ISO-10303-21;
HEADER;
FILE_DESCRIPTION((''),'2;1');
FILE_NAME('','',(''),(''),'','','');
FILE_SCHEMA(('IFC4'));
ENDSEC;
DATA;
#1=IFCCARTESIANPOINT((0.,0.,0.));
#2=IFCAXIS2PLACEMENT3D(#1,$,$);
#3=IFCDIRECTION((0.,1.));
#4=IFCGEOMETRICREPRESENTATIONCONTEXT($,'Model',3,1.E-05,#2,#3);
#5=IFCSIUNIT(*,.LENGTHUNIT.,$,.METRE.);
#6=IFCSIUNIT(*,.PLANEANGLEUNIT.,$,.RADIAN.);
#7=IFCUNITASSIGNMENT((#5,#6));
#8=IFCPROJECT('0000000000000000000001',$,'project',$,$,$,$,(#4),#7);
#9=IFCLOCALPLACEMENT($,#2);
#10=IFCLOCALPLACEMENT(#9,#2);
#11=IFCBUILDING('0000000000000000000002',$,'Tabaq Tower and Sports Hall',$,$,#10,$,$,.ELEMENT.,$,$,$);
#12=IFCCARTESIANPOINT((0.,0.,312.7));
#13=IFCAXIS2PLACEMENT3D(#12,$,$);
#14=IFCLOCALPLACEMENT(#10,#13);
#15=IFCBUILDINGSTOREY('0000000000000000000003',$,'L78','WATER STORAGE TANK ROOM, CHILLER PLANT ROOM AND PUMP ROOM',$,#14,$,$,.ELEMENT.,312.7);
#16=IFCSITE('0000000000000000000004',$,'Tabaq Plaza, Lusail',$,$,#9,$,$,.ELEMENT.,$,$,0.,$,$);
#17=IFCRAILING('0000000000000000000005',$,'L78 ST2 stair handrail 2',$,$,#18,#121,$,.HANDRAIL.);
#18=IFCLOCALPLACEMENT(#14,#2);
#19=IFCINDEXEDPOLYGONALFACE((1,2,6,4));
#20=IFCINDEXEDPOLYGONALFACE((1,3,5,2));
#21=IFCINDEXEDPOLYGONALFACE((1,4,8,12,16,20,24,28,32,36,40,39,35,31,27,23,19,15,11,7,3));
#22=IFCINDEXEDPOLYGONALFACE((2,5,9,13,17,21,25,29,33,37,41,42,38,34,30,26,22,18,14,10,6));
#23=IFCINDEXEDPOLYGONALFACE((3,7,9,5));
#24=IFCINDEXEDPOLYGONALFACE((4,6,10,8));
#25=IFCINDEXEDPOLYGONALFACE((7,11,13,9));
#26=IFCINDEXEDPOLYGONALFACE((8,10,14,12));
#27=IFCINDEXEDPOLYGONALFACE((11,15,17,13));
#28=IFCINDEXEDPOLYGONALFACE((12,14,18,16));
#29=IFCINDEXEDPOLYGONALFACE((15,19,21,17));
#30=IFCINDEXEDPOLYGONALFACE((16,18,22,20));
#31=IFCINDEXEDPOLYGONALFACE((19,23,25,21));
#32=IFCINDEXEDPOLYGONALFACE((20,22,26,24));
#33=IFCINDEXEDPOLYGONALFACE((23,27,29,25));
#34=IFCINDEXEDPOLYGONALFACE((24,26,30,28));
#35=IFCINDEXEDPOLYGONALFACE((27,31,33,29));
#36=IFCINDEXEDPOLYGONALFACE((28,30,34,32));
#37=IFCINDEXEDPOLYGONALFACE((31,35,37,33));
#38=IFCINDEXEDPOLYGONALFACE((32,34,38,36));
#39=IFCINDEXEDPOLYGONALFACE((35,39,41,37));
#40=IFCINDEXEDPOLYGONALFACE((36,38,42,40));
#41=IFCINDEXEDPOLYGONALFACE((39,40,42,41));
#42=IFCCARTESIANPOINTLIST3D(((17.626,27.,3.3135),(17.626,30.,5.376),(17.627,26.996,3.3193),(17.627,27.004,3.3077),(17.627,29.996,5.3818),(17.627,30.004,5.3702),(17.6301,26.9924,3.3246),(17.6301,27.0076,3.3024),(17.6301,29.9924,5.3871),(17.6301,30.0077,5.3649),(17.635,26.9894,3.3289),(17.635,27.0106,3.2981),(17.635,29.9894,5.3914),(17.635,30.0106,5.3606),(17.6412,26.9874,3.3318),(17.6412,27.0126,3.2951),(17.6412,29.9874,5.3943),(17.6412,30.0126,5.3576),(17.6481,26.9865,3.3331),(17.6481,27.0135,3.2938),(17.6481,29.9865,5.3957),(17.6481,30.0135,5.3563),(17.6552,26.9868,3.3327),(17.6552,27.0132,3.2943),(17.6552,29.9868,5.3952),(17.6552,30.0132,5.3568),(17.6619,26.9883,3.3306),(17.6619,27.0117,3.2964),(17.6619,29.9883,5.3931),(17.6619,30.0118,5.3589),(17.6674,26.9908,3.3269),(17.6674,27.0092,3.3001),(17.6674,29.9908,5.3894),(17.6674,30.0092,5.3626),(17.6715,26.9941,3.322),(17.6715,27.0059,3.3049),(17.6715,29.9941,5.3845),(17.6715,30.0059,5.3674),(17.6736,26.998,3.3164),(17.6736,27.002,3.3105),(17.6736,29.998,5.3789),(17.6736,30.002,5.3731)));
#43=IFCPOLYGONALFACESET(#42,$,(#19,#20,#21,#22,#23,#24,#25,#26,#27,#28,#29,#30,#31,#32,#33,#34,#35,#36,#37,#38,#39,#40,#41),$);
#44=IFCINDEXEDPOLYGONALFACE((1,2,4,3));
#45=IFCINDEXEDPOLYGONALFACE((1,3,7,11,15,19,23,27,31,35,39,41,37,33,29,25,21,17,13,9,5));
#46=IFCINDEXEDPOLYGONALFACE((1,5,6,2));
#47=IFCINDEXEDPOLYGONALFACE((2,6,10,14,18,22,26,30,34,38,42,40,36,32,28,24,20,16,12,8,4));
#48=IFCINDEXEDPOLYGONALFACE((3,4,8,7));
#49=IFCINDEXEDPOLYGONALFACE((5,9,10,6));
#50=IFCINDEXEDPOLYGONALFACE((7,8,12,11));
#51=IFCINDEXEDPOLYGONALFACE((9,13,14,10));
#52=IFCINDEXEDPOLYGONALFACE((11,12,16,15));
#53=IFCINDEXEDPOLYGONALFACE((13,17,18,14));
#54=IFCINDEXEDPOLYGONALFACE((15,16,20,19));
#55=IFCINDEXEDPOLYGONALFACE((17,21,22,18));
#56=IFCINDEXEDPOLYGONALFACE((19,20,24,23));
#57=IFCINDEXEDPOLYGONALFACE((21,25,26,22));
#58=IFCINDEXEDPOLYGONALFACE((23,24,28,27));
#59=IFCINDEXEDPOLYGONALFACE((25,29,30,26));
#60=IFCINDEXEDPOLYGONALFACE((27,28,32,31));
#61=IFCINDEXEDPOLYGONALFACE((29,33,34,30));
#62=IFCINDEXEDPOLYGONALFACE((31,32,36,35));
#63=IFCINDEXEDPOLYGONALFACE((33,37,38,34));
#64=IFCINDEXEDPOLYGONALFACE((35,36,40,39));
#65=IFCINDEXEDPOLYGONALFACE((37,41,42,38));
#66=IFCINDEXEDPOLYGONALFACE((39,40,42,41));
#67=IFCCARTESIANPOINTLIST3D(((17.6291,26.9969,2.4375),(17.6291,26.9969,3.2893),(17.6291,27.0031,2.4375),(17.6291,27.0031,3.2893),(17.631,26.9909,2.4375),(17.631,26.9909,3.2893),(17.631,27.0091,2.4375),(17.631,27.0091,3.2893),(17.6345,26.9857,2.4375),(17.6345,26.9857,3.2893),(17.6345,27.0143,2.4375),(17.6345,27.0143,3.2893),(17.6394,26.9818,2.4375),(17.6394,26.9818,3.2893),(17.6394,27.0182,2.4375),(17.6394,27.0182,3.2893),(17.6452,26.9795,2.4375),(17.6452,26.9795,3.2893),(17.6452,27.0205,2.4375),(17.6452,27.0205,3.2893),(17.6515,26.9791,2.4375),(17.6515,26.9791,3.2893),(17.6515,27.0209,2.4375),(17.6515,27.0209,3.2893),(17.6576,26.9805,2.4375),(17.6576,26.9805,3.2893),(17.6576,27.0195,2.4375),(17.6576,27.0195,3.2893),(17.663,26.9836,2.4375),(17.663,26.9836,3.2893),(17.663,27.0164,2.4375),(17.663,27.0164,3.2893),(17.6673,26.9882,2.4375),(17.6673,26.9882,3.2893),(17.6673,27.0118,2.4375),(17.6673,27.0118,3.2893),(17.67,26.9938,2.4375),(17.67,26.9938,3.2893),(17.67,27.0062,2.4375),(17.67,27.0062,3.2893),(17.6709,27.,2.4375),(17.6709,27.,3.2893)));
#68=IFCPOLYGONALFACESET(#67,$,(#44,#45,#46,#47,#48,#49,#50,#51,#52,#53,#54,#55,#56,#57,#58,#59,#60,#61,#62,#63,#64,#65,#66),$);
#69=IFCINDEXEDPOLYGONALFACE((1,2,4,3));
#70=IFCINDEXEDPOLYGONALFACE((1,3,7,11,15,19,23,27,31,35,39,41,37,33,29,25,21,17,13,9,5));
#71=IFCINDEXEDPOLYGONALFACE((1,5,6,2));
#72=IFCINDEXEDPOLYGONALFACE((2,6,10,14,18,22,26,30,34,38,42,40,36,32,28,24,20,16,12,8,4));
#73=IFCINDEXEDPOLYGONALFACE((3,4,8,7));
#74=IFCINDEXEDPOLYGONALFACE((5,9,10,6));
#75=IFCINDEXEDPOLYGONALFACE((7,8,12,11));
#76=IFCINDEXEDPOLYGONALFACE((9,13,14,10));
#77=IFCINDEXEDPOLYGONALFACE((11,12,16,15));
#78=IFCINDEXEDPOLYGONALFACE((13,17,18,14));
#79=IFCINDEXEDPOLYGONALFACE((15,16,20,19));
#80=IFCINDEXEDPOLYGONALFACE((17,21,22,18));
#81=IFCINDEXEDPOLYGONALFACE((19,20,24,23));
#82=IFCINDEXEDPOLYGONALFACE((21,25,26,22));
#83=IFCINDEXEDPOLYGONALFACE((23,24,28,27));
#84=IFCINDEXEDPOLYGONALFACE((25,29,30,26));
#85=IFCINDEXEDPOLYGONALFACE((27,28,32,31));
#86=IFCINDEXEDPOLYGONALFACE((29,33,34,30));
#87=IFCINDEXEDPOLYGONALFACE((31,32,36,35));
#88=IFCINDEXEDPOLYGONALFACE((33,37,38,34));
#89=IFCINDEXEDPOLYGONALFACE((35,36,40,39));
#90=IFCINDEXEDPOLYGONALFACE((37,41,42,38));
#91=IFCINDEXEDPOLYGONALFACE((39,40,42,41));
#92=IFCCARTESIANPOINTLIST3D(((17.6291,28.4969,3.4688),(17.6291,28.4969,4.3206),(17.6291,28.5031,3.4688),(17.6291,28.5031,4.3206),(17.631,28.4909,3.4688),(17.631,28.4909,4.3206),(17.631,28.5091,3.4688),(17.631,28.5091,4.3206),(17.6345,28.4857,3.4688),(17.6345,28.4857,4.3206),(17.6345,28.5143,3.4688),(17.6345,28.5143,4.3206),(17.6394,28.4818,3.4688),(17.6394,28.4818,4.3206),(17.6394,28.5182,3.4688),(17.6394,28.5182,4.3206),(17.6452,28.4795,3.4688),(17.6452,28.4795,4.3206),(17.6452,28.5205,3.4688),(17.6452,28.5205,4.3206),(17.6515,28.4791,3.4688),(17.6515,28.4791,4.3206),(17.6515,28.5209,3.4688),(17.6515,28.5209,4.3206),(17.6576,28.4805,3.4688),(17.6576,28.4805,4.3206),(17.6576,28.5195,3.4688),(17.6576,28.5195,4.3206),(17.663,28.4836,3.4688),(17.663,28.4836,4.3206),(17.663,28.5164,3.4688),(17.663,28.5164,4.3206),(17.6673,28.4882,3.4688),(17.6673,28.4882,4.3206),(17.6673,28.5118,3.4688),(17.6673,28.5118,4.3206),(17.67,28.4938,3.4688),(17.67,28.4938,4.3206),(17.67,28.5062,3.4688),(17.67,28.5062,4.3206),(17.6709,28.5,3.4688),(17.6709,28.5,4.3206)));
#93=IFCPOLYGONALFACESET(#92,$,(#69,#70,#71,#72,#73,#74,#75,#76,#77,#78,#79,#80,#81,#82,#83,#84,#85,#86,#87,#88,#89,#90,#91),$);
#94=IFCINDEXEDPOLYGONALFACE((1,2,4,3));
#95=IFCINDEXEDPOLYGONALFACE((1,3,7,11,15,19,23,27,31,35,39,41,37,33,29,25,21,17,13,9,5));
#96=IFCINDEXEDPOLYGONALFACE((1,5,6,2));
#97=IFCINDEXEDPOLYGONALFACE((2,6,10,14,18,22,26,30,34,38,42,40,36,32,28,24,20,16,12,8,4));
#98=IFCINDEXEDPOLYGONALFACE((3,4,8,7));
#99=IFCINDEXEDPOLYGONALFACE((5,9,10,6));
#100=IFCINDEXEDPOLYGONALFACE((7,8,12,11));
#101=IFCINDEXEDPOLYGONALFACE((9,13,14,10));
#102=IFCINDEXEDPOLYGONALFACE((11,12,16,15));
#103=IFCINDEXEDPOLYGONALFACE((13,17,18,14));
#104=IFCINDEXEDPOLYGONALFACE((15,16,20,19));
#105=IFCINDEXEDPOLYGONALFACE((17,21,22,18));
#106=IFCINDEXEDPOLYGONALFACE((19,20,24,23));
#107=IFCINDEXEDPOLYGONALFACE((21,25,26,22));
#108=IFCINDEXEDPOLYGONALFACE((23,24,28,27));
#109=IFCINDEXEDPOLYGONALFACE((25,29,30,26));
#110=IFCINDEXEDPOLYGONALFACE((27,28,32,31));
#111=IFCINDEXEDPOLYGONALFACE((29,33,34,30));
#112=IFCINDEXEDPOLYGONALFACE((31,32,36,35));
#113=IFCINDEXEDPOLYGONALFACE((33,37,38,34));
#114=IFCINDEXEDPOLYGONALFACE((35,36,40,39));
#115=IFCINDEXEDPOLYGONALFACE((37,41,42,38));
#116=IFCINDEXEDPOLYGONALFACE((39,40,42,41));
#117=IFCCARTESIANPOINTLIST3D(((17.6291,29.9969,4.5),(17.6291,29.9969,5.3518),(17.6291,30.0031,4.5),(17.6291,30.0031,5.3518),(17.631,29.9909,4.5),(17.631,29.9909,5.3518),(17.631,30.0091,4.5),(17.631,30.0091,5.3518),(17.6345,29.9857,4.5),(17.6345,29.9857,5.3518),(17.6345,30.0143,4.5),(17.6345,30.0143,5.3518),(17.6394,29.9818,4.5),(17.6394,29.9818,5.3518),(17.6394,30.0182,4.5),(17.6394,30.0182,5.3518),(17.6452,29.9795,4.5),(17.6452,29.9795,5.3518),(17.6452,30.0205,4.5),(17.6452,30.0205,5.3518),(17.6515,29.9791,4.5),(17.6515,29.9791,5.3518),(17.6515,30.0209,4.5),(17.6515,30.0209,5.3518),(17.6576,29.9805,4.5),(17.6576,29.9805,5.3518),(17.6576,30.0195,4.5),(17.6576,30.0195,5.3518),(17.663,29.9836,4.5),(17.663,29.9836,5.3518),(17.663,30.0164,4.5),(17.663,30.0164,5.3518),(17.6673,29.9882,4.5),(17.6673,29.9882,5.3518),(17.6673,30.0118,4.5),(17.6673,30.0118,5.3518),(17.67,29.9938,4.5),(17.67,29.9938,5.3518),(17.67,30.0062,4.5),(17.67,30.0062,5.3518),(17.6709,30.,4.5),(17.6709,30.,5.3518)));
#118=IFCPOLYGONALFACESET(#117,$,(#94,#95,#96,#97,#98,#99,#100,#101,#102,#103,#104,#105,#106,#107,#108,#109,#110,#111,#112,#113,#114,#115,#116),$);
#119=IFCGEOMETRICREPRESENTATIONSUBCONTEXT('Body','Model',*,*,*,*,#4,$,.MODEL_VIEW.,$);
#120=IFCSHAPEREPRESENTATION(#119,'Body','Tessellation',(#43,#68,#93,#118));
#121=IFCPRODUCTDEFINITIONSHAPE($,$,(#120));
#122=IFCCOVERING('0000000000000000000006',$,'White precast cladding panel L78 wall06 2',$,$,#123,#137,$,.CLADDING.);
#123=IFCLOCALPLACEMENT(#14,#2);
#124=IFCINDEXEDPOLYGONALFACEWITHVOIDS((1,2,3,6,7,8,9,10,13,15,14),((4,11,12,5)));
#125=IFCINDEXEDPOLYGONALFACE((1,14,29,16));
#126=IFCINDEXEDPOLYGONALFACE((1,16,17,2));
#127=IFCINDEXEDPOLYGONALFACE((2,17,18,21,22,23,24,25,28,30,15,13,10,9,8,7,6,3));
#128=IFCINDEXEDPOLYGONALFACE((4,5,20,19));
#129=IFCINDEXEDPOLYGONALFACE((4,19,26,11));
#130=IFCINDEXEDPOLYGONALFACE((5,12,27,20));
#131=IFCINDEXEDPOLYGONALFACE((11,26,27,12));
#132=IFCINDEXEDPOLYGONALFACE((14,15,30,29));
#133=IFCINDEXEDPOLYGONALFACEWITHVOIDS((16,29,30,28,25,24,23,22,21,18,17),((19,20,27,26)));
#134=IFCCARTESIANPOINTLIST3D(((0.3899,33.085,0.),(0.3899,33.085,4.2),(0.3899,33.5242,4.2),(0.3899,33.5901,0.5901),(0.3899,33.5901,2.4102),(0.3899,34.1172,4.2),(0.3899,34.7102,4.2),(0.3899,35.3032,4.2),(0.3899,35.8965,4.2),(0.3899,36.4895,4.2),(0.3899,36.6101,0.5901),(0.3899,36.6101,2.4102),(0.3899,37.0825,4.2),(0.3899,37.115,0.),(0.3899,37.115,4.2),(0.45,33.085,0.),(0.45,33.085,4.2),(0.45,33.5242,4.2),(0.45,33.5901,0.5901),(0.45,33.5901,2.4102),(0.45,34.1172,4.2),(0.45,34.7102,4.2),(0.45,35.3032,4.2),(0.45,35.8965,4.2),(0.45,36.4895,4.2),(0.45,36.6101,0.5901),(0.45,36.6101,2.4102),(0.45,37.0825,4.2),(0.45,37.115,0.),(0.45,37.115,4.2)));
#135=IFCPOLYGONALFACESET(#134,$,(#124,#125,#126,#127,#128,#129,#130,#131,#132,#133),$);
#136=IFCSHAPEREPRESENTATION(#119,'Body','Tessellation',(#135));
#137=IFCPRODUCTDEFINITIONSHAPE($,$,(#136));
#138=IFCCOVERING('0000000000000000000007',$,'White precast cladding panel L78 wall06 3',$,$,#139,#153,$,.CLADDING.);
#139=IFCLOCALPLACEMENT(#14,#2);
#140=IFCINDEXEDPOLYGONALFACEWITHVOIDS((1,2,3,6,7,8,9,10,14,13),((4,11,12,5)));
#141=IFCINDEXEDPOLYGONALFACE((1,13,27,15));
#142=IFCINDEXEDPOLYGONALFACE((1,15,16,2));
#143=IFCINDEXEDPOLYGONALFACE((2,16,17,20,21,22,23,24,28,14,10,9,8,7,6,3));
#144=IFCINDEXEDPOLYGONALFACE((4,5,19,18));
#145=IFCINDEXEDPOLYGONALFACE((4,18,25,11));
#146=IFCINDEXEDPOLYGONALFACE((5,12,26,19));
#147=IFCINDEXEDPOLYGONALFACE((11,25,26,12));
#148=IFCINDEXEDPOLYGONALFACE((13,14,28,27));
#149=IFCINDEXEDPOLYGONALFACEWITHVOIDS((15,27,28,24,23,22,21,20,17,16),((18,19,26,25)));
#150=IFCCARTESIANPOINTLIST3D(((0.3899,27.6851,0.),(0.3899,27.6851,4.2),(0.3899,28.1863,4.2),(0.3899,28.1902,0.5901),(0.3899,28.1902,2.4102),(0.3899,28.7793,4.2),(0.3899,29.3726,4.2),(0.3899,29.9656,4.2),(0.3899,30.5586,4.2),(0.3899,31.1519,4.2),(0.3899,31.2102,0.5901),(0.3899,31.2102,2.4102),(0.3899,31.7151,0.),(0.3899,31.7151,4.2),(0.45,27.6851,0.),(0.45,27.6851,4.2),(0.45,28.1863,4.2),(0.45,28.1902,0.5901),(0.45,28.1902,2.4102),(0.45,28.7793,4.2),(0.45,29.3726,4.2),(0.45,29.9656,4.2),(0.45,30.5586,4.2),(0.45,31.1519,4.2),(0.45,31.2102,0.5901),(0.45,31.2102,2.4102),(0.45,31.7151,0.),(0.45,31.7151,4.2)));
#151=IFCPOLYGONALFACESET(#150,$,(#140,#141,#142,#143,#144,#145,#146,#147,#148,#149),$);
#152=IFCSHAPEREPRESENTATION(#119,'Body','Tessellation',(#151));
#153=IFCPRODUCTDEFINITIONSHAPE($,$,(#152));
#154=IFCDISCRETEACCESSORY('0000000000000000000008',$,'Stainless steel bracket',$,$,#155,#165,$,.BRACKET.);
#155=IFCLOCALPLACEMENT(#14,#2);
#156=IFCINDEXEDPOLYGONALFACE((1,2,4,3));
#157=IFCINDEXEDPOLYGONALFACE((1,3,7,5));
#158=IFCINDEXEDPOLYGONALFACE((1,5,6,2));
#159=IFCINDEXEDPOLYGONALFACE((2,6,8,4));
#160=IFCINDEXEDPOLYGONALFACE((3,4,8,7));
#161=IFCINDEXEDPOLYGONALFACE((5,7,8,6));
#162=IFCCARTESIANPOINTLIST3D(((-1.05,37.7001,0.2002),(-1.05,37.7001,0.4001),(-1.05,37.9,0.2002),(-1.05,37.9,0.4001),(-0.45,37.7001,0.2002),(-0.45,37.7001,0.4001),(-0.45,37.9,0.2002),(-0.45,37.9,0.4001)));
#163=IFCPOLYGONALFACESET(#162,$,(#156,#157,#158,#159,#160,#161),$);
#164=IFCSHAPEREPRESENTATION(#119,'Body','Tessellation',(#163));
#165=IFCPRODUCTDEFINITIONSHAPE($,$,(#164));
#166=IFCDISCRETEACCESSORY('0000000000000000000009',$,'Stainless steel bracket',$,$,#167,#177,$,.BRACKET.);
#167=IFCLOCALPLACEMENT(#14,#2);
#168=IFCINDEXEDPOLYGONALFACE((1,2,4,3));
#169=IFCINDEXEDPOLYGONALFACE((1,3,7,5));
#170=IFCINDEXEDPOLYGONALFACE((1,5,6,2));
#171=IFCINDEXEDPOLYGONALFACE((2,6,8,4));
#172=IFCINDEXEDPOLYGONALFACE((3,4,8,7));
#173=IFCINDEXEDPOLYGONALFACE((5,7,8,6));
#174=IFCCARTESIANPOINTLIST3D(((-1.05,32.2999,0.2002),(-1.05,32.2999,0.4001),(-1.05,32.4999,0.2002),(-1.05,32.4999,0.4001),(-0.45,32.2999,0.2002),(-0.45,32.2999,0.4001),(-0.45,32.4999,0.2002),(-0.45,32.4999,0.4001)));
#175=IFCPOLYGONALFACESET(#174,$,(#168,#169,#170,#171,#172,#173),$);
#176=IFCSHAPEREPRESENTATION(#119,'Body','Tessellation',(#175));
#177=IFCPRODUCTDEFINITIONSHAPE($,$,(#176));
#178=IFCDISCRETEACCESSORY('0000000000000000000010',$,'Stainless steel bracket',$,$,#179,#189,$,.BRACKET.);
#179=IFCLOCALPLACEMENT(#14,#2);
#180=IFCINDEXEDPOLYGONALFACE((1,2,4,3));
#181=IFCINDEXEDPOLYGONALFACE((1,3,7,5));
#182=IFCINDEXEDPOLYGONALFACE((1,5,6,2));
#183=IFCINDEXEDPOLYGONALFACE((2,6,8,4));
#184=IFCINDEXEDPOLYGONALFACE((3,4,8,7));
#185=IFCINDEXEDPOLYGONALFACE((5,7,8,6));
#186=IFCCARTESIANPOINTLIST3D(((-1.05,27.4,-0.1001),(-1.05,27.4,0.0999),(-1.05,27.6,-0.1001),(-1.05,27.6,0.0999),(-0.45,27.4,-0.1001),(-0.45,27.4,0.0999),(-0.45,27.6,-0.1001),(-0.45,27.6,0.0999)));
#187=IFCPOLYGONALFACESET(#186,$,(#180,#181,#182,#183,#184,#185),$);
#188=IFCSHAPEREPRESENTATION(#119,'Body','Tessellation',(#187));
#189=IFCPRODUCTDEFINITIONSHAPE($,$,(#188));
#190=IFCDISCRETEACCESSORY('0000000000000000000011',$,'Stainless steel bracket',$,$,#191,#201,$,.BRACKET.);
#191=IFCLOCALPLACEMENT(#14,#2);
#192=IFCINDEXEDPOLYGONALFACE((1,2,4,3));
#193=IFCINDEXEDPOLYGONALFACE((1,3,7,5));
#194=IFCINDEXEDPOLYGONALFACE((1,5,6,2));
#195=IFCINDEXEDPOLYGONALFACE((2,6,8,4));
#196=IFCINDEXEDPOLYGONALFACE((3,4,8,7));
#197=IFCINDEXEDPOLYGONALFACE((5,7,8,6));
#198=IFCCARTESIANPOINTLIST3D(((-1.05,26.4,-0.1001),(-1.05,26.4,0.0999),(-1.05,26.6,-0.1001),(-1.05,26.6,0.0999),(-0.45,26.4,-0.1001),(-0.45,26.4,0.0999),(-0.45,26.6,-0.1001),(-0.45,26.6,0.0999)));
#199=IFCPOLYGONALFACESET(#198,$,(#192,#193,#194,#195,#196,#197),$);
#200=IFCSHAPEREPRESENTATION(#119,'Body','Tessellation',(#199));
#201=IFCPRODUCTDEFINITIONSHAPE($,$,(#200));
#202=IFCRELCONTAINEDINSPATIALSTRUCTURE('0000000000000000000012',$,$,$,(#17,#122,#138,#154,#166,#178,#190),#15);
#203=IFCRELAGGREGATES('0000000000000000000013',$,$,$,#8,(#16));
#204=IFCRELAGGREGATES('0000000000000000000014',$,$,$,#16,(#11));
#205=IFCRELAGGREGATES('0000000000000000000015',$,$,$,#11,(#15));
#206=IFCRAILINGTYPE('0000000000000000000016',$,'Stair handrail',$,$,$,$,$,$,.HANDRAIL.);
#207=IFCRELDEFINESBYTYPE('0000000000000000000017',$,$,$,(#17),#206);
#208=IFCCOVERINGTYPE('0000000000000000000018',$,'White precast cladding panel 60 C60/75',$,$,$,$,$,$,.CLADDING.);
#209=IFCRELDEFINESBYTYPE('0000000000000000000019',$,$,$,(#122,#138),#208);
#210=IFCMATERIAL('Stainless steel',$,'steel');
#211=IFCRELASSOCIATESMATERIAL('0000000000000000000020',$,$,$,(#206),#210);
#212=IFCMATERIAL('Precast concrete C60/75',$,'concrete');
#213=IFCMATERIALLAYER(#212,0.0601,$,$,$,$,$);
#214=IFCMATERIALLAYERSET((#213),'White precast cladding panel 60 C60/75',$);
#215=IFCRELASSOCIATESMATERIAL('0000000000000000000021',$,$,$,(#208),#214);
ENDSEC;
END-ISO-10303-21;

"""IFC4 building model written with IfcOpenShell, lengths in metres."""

from ifc_helpers import new_model, si_unit, direction, frame, origin, origin_2d, place, context, subcontext, project, spatial, polyline, rectangle, circle, outline, extrude, material, layer, layer_set, type_object, element, save


model = new_model("IFC4")

# Units and contexts
model_context = context("Model", 3, precision=1e-05, world=origin(), true_north=direction((0.0, 1.0)))
body_context = subcontext(model_context, "Body", "Model", "MODEL_VIEW")
ifc_project = project(units=[si_unit("LENGTHUNIT", "METRE"), si_unit("PLANEANGLEUNIT", "RADIAN")], contexts=[model_context])

# Site, building, storey
site_placement = place(None, origin())
site = spatial("IfcSite", under=ifc_project, at=site_placement, Name="Tabaq Plaza, Lusail", CompositionType="ELEMENT", RefElevation=0.0)
building_placement = place(site_placement, origin())
building = spatial("IfcBuilding", under=site, at=building_placement, Name="Tabaq Tower and Sports Hall", CompositionType="ELEMENT")
storey_placement = place(building_placement, frame((0.0, 0.0, 312.7)))
storey = spatial("IfcBuildingStorey", under=building, at=storey_placement, Name="L78", Description="WATER STORAGE TANK ROOM, CHILLER PLANT ROOM AND PUMP ROOM", CompositionType="ELEMENT", Elevation=312.7)

# Railing
ifc_material_1 = material(Name="Stainless steel", Category="steel")
railing_type_1 = type_object("IfcRailingType", Name="Stair handrail", PredefinedType="HANDRAIL", material=ifc_material_1)
railing_1_placement = place(storey_placement, frame((17.6499, 27.0, 2.4375)))
element("IfcRailing", 1, at=railing_1_placement, inside=storey, type_object=railing_type_1, Name="L78 ST2 stair handrail 2", PredefinedType="HANDRAIL", context=body_context, shape_type="SweptSolid", body=[
    extrude(circle(Radius=0.0239, at=origin_2d()), frame((0.0, 0.0, 0.876), z_axis=(0.0, 0.824042, 0.566529), x_axis=(-1.0, 0.0, 0.0)), (0.0, 0.0, 1.0), 3.6406),
    extrude(circle(Radius=0.021, at=origin_2d()), origin(), (0.0, 0.0, 1.0), 0.8518),
    extrude(circle(Radius=0.021, at=origin_2d()), frame((0.0, 1.5, 1.0312)), (0.0, 0.0, 1.0), 0.8518),
    extrude(circle(Radius=0.021, at=origin_2d()), frame((0.0, 3.0, 2.0625)), (0.0, 0.0, 1.0), 0.8518),
])

# Coverings
ifc_material_2 = material(Name="Precast concrete C60/75", Category="concrete")
ifc_layer_1 = layer(ifc_material_2, 0.0601)
ifc_layer_set_1 = layer_set([ifc_layer_1], Name="White precast cladding panel 60 C60/75")
covering_type_1 = type_object("IfcCoveringType", Name="White precast cladding panel 60 C60/75", PredefinedType="CLADDING", material=ifc_layer_set_1)
covering_1_placement = place(storey_placement, frame((0.4199, 37.115, 0.0), z_axis=(0.0, 0.0, 1.0), x_axis=(0.0, -1.0, 0.0)))
element("IfcCovering", 2, at=covering_1_placement, inside=storey, type_object=covering_type_1, Name="White precast cladding panel L78 wall06 2", PredefinedType="CLADDING", context=body_context, shape_type="SweptSolid", body=[
    extrude(outline(polyline([(0.0, 0.0), (4.03, 0.0), (4.03, 4.2), (3.5908, 4.2), (2.9978, 4.2), (2.4048, 4.2), (1.8118, 4.2), (1.2185, 4.2), (0.6255, 4.2), (0.0325, 4.2), (0.0, 4.2), (0.0, 0.0)]), holes=[polyline([(0.5049, 0.5901), (0.5049, 2.4102), (3.5249, 2.4102), (3.5249, 0.5901), (0.5049, 0.5901)])]), frame((0.0, 0.03, 0.0), z_axis=(0.0, -1.0, 0.0), x_axis=(1.0, 0.0, 0.0)), (0.0, 0.0, 1.0), 0.0601),
])
covering_2_placement = place(storey_placement, frame((0.4199, 31.7151, 0.0), z_axis=(0.0, 0.0, 1.0), x_axis=(0.0, -1.0, 0.0)))
element("IfcCovering", 3, at=covering_2_placement, inside=storey, type_object=covering_type_1, Name="White precast cladding panel L78 wall06 3", PredefinedType="CLADDING", context=body_context, shape_type="SweptSolid", body=[
    extrude(outline(polyline([(0.0, 0.0), (4.03, 0.0), (4.03, 4.2), (3.5288, 4.2), (2.9358, 4.2), (2.3425, 4.2), (1.7495, 4.2), (1.1565, 4.2), (0.5632, 4.2), (0.0, 4.2), (0.0, 0.0)]), holes=[polyline([(0.5049, 0.5901), (0.5049, 2.4102), (3.5249, 2.4102), (3.5249, 0.5901), (0.5049, 0.5901)])]), frame((0.0, 0.03, 0.0), z_axis=(0.0, -1.0, 0.0), x_axis=(1.0, 0.0, 0.0)), (0.0, 0.0, 1.0), 0.0601),
])

# Discrete accessories
for number, where, z_axis, x_axis, name in (
    (4, (-0.75, 37.8, 0.2002), (0.0, 0.0, 1.0), (-1.0, 0.0, 0.0), "Stainless steel bracket"),
    (5, (-0.75, 32.3999, 0.2002), (0.0, 0.0, 1.0), (-1.0, 0.0, 0.0), "Stainless steel bracket"),
    (6, (-0.75, 27.5, -0.1001), (0.0, 0.0, 1.0), (-1.0, 0.0, 0.0), "Stainless steel bracket"),
    (7, (-0.75, 26.5, -0.1001), (0.0, 0.0, 1.0), (-1.0, 0.0, 0.0), "Stainless steel bracket"),
):
    element("IfcDiscreteAccessory", number, at=place(storey_placement, frame(where, z_axis=z_axis, x_axis=x_axis)), inside=storey, Name=name, PredefinedType="BRACKET", context=body_context, shape_type="SweptSolid", body=[
        extrude(rectangle(XDim=0.6001, YDim=0.2, at=origin_2d()), origin(), (0.0, 0.0, 1.0), 0.2),
    ])

save(model, "model.ifc")
